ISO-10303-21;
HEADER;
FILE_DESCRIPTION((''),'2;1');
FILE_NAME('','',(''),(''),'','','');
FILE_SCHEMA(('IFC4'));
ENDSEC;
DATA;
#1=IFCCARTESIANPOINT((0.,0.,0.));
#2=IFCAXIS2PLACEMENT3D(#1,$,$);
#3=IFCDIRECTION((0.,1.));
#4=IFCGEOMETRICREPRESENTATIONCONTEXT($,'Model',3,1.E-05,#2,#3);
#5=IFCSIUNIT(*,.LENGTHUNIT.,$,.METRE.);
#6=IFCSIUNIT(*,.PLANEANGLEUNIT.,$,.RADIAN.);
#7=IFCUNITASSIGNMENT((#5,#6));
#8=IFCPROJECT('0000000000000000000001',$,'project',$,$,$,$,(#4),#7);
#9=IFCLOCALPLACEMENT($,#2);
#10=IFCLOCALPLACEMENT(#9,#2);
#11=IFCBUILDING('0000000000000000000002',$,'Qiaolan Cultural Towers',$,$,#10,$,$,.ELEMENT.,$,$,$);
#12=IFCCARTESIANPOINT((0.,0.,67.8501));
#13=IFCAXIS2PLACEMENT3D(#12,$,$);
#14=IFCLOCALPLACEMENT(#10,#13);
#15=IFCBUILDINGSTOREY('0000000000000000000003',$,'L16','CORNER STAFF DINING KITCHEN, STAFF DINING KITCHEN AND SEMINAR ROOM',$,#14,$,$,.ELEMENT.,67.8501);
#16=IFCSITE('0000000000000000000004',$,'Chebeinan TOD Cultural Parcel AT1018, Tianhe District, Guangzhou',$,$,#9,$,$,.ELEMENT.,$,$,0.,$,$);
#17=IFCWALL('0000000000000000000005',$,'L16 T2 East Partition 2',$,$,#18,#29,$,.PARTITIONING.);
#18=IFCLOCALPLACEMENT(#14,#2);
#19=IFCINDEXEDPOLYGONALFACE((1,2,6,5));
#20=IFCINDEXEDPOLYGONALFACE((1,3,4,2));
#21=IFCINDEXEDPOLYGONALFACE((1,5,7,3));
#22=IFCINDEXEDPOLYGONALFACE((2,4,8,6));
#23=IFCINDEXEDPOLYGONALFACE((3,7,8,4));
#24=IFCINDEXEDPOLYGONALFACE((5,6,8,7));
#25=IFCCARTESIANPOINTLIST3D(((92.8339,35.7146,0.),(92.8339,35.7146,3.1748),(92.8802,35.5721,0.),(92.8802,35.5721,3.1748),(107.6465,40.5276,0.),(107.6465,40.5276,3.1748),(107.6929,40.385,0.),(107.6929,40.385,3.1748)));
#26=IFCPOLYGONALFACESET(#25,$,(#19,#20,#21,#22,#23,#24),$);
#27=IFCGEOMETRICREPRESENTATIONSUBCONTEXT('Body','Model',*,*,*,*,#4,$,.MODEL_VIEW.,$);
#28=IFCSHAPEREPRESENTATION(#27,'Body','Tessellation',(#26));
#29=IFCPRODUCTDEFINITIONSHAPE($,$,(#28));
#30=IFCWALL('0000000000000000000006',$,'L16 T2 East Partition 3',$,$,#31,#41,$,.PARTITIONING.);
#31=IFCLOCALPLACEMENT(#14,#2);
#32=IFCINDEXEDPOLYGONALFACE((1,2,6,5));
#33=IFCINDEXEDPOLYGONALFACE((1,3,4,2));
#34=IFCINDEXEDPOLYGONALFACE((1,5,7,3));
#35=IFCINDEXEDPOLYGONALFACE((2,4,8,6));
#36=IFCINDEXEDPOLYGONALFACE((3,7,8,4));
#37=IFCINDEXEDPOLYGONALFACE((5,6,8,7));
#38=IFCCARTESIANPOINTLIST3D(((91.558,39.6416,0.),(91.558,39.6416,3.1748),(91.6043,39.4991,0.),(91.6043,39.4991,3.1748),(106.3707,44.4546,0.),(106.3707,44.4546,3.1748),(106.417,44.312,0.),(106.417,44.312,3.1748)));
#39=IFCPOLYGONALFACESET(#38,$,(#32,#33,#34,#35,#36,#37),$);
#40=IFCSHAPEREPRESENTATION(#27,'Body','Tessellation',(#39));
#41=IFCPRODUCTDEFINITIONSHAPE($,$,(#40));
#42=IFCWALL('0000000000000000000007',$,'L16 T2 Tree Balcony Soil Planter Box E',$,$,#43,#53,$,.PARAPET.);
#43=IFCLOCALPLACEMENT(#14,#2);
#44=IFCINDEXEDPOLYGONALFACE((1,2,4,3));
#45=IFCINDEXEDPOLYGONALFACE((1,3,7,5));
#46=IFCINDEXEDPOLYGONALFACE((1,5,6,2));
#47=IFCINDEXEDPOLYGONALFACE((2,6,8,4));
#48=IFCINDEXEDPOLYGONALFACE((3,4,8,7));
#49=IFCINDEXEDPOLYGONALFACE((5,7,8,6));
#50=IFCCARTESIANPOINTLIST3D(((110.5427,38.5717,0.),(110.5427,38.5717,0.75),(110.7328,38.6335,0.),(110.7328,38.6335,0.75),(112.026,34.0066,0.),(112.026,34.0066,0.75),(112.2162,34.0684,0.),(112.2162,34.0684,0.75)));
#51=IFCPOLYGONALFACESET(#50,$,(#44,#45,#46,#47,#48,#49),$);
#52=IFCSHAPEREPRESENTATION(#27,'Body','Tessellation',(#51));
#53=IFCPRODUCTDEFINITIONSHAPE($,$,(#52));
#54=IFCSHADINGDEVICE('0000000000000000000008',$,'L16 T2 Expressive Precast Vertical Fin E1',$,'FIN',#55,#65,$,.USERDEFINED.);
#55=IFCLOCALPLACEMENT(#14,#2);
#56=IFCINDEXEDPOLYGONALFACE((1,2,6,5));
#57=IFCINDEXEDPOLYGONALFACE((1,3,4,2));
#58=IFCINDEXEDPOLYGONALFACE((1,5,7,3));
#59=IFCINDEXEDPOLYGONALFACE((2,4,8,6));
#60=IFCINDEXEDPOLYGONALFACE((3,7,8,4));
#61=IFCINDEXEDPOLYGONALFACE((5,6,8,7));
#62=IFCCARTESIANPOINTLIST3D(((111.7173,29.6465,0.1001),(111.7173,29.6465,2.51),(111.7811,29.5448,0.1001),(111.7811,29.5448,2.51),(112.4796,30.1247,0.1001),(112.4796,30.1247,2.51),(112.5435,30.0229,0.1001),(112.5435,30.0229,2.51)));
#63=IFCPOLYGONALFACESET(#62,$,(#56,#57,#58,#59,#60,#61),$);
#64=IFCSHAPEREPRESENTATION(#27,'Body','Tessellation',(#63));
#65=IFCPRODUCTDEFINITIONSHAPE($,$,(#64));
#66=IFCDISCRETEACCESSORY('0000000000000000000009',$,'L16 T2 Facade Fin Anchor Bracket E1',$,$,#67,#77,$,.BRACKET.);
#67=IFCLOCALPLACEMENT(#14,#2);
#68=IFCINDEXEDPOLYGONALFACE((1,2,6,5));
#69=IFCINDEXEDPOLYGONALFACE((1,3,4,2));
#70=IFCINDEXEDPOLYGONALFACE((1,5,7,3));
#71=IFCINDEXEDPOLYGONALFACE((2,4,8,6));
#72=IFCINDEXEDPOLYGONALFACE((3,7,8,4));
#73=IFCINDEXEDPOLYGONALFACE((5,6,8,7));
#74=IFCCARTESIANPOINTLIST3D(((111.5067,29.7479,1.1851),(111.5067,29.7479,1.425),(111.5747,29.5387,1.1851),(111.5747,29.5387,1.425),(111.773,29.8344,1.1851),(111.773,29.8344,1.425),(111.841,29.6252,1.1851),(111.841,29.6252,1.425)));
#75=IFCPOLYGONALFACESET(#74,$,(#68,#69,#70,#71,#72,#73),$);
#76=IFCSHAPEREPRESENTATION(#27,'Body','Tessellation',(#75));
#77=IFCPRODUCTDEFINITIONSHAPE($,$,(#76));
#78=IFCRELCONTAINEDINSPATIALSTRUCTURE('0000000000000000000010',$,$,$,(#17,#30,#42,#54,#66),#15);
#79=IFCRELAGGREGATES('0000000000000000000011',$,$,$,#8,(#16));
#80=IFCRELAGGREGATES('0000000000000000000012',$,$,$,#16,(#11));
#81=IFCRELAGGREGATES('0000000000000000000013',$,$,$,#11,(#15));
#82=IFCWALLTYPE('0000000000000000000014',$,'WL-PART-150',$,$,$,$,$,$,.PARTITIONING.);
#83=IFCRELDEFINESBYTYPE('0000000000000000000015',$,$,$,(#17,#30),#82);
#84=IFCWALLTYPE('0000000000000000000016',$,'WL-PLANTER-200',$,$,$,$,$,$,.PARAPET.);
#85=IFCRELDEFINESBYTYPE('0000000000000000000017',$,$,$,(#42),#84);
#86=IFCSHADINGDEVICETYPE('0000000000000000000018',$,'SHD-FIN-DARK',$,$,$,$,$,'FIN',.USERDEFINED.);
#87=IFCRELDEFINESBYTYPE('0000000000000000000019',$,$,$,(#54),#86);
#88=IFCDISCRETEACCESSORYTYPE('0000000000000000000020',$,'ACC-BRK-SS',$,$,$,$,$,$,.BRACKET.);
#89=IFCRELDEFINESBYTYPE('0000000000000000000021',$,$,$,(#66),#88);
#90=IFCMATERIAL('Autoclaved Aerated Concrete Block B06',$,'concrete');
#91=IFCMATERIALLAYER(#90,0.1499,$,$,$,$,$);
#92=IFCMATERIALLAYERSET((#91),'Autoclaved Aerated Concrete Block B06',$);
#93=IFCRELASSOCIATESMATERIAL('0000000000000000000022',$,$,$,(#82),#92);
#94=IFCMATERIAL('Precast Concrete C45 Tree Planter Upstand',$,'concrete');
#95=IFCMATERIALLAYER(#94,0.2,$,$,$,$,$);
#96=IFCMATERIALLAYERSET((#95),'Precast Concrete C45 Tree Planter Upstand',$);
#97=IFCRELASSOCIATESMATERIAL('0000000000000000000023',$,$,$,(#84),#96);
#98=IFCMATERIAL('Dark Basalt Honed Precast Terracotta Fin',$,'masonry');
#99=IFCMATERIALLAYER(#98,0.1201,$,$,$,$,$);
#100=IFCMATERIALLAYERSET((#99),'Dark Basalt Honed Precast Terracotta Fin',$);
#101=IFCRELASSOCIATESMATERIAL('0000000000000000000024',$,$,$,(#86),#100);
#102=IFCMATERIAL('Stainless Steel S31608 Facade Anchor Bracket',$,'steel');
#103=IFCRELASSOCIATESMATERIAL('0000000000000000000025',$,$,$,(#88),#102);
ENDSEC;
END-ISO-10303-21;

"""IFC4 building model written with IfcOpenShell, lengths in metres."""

from ifc_helpers import new_model, si_unit, direction, frame, frame_2d, origin, origin_2d, place, context, subcontext, project, spatial, rectangle, extrude, material, layer, layer_set, type_object, element, save


model = new_model("IFC4")

# Units and contexts
model_context = context("Model", 3, precision=1e-05, world=origin(), true_north=direction((0.0, 1.0)))
body_context = subcontext(model_context, "Body", "Model", "MODEL_VIEW")
ifc_project = project(units=[si_unit("LENGTHUNIT", "METRE"), si_unit("PLANEANGLEUNIT", "RADIAN")], contexts=[model_context])

# Site, building, storey
site_placement = place(None, origin())
site = spatial("IfcSite", under=ifc_project, at=site_placement, Name="Chebeinan TOD Cultural Parcel AT1018, Tianhe District, Guangzhou", CompositionType="ELEMENT", RefElevation=0.0)
building_placement = place(site_placement, origin())
building = spatial("IfcBuilding", under=site, at=building_placement, Name="Qiaolan Cultural Towers", CompositionType="ELEMENT")
storey_placement = place(building_placement, frame((0.0, 0.0, 67.8501)))
storey = spatial("IfcBuildingStorey", under=building, at=storey_placement, Name="L16", Description="CORNER STAFF DINING KITCHEN, STAFF DINING KITCHEN AND SEMINAR ROOM", CompositionType="ELEMENT", Elevation=67.8501)

# Shared definitions
ifc_material_1 = material(Name="Autoclaved Aerated Concrete Block B06", Category="concrete")
ifc_layer_1 = layer(ifc_material_1, 0.1499)
ifc_layer_set_1 = layer_set([ifc_layer_1], Name="Autoclaved Aerated Concrete Block B06")
wall_type_1 = type_object("IfcWallType", Name="WL-PART-150", PredefinedType="PARTITIONING", material=ifc_layer_set_1)

# Walls
for number, where, z_axis, x_axis, name in (
    (1, (92.8569, 35.6433, 0.0), (0.0, 0.0, 1.0), (0.951056, 0.309019, 0.0), "L16 T2 East Partition 2"),
    (2, (91.5811, 39.5703, 0.0), (0.0, 0.0, 1.0), (0.951056, 0.309019, 0.0), "L16 T2 East Partition 3"),
):
    element("IfcWall", number, at=place(storey_placement, frame(where, z_axis=z_axis, x_axis=x_axis)), inside=storey, type_object=wall_type_1, Name=name, PredefinedType="PARTITIONING", context=body_context, shape_type="SweptSolid", body=[
        extrude(rectangle(XDim=15.575, YDim=0.1499, at=frame_2d((7.7876, 0.0))), origin(), (0.0, 0.0, 1.0), 3.1748),
    ])
ifc_material_2 = material(Name="Precast Concrete C45 Tree Planter Upstand", Category="concrete")
ifc_layer_2 = layer(ifc_material_2, 0.2)
ifc_layer_set_2 = layer_set([ifc_layer_2], Name="Precast Concrete C45 Tree Planter Upstand")
wall_type_2 = type_object("IfcWallType", Name="WL-PLANTER-200", PredefinedType="PARAPET", material=ifc_layer_set_2)
wall_1_placement = place(storey_placement, frame((112.1211, 34.0376, 0.0), z_axis=(0.0, 0.0, 1.0), x_axis=(-0.309032, 0.951052, 0.0)))
element("IfcWall", 3, at=wall_1_placement, inside=storey, type_object=wall_type_2, Name="L16 T2 Tree Balcony Soil Planter Box E", PredefinedType="PARAPET", context=body_context, shape_type="SweptSolid", body=[
    extrude(rectangle(XDim=4.8, YDim=0.2, at=frame_2d((2.3999, 0.0))), origin(), (0.0, 0.0, 1.0), 0.75),
])

# Shading device
ifc_material_3 = material(Name="Dark Basalt Honed Precast Terracotta Fin", Category="masonry")
ifc_layer_3 = layer(ifc_material_3, 0.1201)
ifc_layer_set_3 = layer_set([ifc_layer_3], Name="Dark Basalt Honed Precast Terracotta Fin")
shading_device_type = type_object("IfcShadingDeviceType", Name="SHD-FIN-DARK", ElementType="FIN", PredefinedType="USERDEFINED", material=ifc_layer_set_3)
shading_device_placement = place(storey_placement, frame((112.1304, 29.8347, 0.1001), z_axis=(0.0, 0.0, 1.0), x_axis=(0.847165, 0.53133, 0.0)))
element("IfcShadingDevice", 4, at=shading_device_placement, inside=storey, type_object=shading_device_type, Name="L16 T2 Expressive Precast Vertical Fin E1", ObjectType="FIN", PredefinedType="USERDEFINED", context=body_context, shape_type="SweptSolid", body=[
    extrude(rectangle(XDim=0.8999, YDim=0.1201, at=origin_2d()), origin(), (0.0, 0.0, 1.0), 2.4099),
])

# Discrete accessory
ifc_material_4 = material(Name="Stainless Steel S31608 Facade Anchor Bracket", Category="steel")
discrete_accessory_type = type_object("IfcDiscreteAccessoryType", Name="ACC-BRK-SS", PredefinedType="BRACKET", material=ifc_material_4)
discrete_accessory_placement = place(storey_placement, frame((111.6738, 29.6865, 1.1851), z_axis=(0.0, 0.0, 1.0), x_axis=(0.951057, 0.309017, 0.0)))
element("IfcDiscreteAccessory", 5, at=discrete_accessory_placement, inside=storey, type_object=discrete_accessory_type, Name="L16 T2 Facade Fin Anchor Bracket E1", PredefinedType="BRACKET", context=body_context, shape_type="SweptSolid", body=[
    extrude(rectangle(XDim=0.28, YDim=0.22, at=origin_2d()), origin(), (0.0, 0.0, 1.0), 0.24),
])

save(model, "model.ifc")
